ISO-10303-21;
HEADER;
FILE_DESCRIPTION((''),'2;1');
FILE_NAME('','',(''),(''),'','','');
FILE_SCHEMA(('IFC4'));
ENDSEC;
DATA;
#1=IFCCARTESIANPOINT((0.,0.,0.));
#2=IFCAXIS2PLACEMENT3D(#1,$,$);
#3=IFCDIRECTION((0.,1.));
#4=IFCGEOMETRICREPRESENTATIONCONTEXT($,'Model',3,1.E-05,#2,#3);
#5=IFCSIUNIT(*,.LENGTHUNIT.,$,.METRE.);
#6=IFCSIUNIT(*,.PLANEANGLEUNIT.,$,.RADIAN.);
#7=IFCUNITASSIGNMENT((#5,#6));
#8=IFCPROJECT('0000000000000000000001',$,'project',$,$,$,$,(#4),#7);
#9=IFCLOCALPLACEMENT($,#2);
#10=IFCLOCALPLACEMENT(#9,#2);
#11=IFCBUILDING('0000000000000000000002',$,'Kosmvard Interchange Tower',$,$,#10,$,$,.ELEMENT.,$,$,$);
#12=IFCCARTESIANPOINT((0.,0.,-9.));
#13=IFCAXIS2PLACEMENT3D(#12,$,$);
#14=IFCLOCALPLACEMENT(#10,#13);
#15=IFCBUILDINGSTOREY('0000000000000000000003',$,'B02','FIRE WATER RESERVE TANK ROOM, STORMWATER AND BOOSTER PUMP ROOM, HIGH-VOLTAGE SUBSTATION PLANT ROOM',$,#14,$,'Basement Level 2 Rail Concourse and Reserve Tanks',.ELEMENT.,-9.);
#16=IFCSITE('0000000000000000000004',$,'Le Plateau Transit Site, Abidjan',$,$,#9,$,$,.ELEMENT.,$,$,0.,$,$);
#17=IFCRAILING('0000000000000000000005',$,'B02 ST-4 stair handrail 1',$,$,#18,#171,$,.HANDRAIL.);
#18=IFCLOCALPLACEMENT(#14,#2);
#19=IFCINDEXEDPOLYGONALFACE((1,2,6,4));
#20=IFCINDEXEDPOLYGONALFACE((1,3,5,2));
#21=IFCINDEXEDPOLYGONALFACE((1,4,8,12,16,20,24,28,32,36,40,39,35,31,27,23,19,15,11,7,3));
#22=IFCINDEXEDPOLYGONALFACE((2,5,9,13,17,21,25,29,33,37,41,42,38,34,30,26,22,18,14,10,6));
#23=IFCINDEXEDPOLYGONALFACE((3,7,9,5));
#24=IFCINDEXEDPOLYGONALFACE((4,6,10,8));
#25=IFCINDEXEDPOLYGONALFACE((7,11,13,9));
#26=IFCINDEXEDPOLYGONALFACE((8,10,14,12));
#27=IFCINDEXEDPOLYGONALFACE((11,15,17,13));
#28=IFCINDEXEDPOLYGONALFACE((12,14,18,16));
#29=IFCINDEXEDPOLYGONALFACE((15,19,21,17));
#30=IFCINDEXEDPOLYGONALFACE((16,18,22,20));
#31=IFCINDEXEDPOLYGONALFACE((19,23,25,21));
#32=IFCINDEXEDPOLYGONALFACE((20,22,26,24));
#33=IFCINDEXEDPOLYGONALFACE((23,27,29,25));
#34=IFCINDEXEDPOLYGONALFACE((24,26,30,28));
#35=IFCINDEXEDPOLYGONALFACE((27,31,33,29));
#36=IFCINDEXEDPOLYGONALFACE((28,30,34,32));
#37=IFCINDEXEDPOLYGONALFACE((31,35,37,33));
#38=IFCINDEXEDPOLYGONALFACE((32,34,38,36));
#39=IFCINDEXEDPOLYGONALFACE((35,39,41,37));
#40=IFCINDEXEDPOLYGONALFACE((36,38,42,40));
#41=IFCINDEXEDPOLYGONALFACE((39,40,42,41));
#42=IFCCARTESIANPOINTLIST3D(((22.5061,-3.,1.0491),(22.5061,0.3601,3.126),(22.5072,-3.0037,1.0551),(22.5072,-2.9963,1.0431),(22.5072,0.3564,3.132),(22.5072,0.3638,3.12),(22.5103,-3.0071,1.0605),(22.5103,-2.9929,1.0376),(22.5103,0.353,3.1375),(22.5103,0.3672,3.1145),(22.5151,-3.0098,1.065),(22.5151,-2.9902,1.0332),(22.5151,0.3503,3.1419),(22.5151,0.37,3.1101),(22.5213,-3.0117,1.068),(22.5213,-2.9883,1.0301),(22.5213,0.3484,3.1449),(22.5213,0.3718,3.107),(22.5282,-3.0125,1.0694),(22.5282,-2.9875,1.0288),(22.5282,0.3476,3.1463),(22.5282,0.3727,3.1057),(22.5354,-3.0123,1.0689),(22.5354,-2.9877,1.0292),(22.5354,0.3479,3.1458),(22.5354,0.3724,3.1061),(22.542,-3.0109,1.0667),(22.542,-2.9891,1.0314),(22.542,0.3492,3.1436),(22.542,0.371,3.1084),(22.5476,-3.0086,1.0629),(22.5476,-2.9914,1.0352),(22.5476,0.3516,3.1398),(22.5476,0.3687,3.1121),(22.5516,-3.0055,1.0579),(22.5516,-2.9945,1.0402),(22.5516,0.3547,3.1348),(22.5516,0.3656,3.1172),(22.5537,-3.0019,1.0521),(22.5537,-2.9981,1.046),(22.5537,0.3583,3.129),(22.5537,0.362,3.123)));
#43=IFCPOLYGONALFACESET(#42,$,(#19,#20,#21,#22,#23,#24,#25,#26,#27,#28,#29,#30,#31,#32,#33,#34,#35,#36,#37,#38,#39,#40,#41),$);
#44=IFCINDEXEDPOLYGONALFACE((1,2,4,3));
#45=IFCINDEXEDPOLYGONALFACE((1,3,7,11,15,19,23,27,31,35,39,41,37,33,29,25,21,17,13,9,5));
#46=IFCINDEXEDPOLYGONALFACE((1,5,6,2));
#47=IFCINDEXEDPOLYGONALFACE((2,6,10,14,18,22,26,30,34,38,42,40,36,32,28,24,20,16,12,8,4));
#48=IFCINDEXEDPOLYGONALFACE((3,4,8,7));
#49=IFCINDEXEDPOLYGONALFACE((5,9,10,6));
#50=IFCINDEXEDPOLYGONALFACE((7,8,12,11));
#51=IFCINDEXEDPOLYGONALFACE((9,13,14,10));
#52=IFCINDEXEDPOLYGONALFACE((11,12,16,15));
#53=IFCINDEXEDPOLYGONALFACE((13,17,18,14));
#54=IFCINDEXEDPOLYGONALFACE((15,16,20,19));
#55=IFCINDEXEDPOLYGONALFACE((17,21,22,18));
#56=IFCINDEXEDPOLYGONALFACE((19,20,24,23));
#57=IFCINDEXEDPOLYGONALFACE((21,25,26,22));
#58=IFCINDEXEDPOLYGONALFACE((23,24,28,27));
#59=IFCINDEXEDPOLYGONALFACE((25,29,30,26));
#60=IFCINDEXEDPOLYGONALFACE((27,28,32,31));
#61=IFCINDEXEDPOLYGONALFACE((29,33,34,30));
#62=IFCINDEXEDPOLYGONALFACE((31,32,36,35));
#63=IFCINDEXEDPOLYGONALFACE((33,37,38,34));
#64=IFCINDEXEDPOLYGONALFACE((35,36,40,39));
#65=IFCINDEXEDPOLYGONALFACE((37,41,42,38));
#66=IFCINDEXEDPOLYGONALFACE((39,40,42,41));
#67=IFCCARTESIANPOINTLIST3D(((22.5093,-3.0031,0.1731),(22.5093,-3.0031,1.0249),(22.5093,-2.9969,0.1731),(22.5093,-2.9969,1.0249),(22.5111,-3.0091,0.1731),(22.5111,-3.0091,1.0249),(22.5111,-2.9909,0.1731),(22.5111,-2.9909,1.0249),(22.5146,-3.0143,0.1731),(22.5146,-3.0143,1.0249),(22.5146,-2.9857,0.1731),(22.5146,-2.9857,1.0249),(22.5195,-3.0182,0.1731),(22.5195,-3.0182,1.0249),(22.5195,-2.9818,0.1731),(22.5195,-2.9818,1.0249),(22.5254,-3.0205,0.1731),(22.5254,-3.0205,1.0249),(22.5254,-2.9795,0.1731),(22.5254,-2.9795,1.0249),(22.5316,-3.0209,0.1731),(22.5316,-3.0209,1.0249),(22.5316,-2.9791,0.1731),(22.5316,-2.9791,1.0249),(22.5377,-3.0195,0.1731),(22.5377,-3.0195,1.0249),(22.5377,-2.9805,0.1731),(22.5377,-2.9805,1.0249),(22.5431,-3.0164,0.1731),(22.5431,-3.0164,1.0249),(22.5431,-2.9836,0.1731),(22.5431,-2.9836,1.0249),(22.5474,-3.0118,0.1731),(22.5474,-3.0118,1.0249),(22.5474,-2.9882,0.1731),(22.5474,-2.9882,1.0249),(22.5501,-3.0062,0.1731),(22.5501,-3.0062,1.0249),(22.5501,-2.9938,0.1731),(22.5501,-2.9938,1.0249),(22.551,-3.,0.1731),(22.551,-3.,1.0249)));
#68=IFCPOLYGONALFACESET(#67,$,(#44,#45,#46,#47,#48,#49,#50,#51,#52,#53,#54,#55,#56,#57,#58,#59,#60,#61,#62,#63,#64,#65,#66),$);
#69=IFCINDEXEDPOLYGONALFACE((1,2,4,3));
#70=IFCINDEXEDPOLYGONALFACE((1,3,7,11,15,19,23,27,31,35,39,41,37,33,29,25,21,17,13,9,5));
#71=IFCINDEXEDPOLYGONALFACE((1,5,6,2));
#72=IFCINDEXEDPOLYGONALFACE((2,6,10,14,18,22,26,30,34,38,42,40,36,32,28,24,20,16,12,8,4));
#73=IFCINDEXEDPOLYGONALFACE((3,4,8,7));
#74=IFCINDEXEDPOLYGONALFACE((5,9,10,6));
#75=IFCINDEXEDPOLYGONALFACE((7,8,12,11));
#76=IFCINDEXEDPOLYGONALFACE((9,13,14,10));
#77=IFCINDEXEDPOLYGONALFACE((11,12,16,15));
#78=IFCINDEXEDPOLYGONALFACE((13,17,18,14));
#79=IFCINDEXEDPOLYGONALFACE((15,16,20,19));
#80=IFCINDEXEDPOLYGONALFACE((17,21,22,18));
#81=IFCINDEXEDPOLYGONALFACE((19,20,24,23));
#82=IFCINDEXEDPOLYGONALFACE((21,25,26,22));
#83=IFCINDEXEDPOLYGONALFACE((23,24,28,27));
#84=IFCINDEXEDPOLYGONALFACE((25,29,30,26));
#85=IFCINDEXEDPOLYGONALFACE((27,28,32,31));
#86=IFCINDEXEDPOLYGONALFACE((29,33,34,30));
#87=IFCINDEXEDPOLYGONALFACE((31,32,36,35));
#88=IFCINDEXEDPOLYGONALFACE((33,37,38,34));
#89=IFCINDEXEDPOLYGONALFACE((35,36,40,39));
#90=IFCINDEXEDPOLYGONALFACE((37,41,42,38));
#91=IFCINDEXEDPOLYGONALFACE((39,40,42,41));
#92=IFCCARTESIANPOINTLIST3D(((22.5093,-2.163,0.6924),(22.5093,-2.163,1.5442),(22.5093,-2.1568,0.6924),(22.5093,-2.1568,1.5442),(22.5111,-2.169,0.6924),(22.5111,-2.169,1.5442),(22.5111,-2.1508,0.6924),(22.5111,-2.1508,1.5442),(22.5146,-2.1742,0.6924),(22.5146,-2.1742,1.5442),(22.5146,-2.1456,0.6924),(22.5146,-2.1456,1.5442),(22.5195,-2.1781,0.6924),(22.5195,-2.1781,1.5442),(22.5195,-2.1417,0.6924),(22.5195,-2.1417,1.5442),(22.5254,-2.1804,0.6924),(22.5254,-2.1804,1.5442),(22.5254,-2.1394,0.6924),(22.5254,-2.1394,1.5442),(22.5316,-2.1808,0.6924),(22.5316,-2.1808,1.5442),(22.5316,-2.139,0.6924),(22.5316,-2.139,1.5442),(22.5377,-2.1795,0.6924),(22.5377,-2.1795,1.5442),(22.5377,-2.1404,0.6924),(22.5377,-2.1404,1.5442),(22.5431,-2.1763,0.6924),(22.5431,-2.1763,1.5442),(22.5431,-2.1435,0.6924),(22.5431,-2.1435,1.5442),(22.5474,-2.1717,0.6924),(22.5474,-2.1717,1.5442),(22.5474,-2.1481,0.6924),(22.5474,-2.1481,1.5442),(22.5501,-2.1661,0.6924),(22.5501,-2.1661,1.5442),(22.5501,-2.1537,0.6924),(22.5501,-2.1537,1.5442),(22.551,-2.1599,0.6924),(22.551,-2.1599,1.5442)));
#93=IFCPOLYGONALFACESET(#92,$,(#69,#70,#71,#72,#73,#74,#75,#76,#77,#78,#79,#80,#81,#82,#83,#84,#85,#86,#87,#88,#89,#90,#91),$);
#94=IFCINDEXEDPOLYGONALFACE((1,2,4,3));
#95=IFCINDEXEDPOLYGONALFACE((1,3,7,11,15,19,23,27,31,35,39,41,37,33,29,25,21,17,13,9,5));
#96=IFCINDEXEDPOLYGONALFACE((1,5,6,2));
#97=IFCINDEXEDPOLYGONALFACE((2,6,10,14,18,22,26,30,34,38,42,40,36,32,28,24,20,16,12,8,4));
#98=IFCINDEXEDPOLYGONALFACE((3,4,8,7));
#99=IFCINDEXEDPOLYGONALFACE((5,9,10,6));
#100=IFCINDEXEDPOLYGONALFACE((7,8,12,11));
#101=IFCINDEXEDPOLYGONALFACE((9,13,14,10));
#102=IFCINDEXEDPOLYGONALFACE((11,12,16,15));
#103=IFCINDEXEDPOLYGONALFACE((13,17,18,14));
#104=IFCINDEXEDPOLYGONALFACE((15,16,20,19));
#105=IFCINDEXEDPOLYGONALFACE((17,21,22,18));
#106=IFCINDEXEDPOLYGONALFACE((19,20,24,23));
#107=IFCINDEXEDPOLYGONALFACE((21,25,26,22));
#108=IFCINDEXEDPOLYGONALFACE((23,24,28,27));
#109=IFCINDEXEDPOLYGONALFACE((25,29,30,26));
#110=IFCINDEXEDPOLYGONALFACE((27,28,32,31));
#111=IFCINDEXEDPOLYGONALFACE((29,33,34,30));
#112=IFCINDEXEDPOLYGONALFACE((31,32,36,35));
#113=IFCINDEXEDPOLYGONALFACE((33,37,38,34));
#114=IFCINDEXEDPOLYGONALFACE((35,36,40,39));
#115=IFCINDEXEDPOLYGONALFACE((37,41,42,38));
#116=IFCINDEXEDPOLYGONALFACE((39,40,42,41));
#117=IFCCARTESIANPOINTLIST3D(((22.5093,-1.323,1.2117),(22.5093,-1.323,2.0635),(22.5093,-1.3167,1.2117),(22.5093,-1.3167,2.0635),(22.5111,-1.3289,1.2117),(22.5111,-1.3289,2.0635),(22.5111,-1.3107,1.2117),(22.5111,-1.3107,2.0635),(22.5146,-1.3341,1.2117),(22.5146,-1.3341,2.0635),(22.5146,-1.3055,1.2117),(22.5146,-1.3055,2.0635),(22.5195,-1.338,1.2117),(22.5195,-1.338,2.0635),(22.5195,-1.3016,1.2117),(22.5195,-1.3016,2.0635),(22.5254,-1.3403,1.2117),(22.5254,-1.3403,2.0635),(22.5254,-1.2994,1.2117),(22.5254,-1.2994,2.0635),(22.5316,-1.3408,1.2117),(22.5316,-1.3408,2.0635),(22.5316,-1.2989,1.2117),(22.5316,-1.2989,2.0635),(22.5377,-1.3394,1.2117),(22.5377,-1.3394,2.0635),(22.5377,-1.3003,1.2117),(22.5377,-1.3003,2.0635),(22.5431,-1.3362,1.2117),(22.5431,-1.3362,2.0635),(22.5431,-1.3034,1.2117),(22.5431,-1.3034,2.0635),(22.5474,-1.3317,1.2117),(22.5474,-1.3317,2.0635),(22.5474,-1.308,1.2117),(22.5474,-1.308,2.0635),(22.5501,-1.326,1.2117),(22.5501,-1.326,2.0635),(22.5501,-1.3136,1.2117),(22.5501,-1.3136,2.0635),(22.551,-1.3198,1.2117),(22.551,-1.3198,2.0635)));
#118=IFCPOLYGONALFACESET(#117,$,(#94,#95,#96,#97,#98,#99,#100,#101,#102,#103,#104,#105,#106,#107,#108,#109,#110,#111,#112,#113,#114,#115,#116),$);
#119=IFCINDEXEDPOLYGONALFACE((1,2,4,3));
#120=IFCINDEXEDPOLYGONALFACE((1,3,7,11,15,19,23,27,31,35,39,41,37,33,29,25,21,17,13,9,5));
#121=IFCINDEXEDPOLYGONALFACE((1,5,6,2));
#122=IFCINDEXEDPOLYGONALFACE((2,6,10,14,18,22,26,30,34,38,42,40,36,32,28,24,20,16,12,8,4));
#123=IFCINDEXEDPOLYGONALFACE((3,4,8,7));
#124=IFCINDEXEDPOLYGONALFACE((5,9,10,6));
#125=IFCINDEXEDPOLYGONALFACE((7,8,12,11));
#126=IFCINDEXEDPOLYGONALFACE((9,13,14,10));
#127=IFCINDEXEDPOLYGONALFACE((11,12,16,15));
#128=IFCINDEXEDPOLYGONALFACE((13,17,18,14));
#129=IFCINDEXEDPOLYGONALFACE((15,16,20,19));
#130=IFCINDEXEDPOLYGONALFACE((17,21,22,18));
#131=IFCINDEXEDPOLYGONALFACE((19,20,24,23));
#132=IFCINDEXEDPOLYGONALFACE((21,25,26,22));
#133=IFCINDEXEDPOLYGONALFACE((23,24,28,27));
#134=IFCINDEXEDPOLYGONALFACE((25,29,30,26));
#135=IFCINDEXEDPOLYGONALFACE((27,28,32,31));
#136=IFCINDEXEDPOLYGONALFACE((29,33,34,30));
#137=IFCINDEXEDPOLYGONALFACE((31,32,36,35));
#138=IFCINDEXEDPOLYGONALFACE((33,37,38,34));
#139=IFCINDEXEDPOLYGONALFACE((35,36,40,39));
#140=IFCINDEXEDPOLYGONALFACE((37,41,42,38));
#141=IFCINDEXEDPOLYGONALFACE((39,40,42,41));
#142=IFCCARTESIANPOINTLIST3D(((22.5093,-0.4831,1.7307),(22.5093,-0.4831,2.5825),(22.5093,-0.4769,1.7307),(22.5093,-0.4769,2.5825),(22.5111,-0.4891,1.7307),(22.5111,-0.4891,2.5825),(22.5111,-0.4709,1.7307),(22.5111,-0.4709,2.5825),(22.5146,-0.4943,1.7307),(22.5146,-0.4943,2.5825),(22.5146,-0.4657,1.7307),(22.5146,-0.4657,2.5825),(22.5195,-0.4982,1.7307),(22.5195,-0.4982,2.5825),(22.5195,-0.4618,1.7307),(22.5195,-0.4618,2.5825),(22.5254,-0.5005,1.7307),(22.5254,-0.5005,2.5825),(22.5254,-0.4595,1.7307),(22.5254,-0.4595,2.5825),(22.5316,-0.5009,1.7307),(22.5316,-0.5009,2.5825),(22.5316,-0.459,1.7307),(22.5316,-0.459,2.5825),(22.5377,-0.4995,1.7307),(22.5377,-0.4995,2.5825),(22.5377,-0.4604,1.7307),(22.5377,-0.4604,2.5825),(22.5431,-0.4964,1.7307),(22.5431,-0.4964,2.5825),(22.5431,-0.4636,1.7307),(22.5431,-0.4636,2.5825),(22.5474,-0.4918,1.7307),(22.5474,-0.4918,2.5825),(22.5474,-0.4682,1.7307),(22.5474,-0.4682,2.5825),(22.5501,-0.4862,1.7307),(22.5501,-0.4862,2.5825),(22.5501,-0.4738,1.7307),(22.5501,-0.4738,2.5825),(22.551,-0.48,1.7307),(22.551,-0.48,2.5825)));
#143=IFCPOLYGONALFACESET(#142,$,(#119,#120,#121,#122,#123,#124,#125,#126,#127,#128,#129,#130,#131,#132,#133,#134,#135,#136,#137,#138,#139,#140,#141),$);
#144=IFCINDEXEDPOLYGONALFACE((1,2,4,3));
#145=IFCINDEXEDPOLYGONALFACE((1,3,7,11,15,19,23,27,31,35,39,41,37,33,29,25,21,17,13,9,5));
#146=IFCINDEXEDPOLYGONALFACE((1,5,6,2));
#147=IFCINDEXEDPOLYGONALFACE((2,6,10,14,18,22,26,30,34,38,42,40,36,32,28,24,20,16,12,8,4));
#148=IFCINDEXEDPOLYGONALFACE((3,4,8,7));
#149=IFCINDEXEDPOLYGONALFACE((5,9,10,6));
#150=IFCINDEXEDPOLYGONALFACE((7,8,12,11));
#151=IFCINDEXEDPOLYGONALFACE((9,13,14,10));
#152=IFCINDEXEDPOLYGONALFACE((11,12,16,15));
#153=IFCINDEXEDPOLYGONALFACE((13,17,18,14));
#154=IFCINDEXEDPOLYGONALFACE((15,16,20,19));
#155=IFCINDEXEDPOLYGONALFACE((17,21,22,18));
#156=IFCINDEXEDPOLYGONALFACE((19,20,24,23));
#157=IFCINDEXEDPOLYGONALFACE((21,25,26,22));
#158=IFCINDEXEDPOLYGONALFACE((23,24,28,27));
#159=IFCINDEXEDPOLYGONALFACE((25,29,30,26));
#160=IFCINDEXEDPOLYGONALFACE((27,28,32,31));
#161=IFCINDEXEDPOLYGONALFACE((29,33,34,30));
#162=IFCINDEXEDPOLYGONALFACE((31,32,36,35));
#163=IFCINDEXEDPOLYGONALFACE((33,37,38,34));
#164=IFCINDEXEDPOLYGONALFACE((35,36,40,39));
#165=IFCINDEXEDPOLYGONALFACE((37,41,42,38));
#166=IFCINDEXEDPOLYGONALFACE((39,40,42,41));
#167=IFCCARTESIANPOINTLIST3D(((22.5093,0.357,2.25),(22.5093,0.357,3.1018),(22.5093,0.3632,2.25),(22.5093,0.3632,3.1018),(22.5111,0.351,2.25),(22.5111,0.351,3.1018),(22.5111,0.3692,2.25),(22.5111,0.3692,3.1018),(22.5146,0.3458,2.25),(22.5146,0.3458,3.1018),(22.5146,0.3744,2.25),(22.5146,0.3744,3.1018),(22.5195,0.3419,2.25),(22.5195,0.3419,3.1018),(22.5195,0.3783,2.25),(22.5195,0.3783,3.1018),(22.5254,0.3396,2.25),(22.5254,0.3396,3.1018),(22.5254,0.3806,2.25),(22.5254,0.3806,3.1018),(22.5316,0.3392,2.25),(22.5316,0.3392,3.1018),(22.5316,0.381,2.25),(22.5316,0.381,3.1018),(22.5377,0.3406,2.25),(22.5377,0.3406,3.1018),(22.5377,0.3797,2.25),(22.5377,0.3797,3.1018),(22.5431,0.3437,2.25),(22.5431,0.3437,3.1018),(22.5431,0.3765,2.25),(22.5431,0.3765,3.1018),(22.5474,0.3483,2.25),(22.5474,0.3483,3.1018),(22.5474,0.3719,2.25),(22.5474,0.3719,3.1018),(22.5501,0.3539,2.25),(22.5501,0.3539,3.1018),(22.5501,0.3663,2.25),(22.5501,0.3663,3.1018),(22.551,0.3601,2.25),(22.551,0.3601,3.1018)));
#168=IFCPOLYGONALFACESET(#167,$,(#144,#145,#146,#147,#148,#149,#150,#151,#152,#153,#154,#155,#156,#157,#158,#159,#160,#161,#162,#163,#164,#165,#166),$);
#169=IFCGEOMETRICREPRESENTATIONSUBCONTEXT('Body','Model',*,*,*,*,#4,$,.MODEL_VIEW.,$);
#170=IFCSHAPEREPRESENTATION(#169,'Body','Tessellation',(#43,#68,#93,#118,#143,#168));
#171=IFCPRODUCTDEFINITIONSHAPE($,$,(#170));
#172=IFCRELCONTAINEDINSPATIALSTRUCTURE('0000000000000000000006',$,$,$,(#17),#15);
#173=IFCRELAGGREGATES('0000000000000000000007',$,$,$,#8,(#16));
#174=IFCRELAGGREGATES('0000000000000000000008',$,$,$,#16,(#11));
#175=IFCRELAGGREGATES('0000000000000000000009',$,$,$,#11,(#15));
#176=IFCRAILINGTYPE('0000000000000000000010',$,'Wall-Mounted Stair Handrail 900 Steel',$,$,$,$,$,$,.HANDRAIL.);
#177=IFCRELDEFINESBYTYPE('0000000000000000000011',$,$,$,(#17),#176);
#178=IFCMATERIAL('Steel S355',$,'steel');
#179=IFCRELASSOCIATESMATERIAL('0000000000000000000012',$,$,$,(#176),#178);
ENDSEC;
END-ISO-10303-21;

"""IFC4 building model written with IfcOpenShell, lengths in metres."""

from ifc_helpers import new_model, si_unit, direction, frame, origin, origin_2d, place, context, subcontext, project, spatial, circle, extrude, source, transform, mapped, material, type_object, element, save


model = new_model("IFC4")

# Units and contexts
model_context = context("Model", 3, precision=1e-05, world=origin(), true_north=direction((0.0, 1.0)))
body_context = subcontext(model_context, "Body", "Model", "MODEL_VIEW")
ifc_project = project(units=[si_unit("LENGTHUNIT", "METRE"), si_unit("PLANEANGLEUNIT", "RADIAN")], contexts=[model_context])

# Site, building, storey
site_placement = place(None, origin())
site = spatial("IfcSite", under=ifc_project, at=site_placement, Name="Le Plateau Transit Site, Abidjan", CompositionType="ELEMENT", RefElevation=0.0)
building_placement = place(site_placement, origin())
building = spatial("IfcBuilding", under=site, at=building_placement, Name="Kosmvard Interchange Tower", CompositionType="ELEMENT")
storey_placement = place(building_placement, frame((0.0, 0.0, -9.0)))
storey = spatial("IfcBuildingStorey", under=building, at=storey_placement, Name="B02", Description="FIRE WATER RESERVE TANK ROOM, STORMWATER AND BOOSTER PUMP ROOM, HIGH-VOLTAGE SUBSTATION PLANT ROOM", LongName="Basement Level 2 Rail Concourse and Reserve Tanks", CompositionType="ELEMENT", Elevation=-9.0)

# Railing
ifc_material_1 = material(Name="Steel S355", Category="steel")
railing_type_1 = type_object("IfcRailingType", Name="Wall-Mounted Stair Handrail 900 Steel", PredefinedType="HANDRAIL", material=ifc_material_1)
shared_shape_1 = source(origin(), body_context, "Body", "SweptSolid", [
    extrude(circle(Radius=0.0239, at=origin_2d()), frame((0.0, 0.0, 0.876), z_axis=(0.0, 0.850623, 0.525776), x_axis=(-1.0, 0.0, 0.0)), (0.0, 0.0, 1.0), 3.9502),
    extrude(circle(Radius=0.021, at=origin_2d()), origin(), (0.0, 0.0, 1.0), 0.8518),
    extrude(circle(Radius=0.021, at=origin_2d()), frame((0.0, 0.8401, 0.5193)), (0.0, 0.0, 1.0), 0.8518),
    extrude(circle(Radius=0.021, at=origin_2d()), frame((0.0, 1.6802, 1.0386)), (0.0, 0.0, 1.0), 0.8518),
    extrude(circle(Radius=0.021, at=origin_2d()), frame((0.0, 2.52, 1.5576)), (0.0, 0.0, 1.0), 0.8518),
    extrude(circle(Radius=0.021, at=origin_2d()), frame((0.0, 3.3601, 2.0769)), (0.0, 0.0, 1.0), 0.8518),
])
railing_1_placement = place(storey_placement, frame((22.53, -3.0, 0.1731)))
element("IfcRailing", 1, at=railing_1_placement, inside=storey, type_object=railing_type_1, Name="B02 ST-4 stair handrail 1", PredefinedType="HANDRAIL", context=body_context, shape_type="MappedRepresentation", body=[
    mapped(shared_shape_1, transform((0.0, 0.0, 0.0), scale=1.0)),
])

save(model, "model.ifc")
